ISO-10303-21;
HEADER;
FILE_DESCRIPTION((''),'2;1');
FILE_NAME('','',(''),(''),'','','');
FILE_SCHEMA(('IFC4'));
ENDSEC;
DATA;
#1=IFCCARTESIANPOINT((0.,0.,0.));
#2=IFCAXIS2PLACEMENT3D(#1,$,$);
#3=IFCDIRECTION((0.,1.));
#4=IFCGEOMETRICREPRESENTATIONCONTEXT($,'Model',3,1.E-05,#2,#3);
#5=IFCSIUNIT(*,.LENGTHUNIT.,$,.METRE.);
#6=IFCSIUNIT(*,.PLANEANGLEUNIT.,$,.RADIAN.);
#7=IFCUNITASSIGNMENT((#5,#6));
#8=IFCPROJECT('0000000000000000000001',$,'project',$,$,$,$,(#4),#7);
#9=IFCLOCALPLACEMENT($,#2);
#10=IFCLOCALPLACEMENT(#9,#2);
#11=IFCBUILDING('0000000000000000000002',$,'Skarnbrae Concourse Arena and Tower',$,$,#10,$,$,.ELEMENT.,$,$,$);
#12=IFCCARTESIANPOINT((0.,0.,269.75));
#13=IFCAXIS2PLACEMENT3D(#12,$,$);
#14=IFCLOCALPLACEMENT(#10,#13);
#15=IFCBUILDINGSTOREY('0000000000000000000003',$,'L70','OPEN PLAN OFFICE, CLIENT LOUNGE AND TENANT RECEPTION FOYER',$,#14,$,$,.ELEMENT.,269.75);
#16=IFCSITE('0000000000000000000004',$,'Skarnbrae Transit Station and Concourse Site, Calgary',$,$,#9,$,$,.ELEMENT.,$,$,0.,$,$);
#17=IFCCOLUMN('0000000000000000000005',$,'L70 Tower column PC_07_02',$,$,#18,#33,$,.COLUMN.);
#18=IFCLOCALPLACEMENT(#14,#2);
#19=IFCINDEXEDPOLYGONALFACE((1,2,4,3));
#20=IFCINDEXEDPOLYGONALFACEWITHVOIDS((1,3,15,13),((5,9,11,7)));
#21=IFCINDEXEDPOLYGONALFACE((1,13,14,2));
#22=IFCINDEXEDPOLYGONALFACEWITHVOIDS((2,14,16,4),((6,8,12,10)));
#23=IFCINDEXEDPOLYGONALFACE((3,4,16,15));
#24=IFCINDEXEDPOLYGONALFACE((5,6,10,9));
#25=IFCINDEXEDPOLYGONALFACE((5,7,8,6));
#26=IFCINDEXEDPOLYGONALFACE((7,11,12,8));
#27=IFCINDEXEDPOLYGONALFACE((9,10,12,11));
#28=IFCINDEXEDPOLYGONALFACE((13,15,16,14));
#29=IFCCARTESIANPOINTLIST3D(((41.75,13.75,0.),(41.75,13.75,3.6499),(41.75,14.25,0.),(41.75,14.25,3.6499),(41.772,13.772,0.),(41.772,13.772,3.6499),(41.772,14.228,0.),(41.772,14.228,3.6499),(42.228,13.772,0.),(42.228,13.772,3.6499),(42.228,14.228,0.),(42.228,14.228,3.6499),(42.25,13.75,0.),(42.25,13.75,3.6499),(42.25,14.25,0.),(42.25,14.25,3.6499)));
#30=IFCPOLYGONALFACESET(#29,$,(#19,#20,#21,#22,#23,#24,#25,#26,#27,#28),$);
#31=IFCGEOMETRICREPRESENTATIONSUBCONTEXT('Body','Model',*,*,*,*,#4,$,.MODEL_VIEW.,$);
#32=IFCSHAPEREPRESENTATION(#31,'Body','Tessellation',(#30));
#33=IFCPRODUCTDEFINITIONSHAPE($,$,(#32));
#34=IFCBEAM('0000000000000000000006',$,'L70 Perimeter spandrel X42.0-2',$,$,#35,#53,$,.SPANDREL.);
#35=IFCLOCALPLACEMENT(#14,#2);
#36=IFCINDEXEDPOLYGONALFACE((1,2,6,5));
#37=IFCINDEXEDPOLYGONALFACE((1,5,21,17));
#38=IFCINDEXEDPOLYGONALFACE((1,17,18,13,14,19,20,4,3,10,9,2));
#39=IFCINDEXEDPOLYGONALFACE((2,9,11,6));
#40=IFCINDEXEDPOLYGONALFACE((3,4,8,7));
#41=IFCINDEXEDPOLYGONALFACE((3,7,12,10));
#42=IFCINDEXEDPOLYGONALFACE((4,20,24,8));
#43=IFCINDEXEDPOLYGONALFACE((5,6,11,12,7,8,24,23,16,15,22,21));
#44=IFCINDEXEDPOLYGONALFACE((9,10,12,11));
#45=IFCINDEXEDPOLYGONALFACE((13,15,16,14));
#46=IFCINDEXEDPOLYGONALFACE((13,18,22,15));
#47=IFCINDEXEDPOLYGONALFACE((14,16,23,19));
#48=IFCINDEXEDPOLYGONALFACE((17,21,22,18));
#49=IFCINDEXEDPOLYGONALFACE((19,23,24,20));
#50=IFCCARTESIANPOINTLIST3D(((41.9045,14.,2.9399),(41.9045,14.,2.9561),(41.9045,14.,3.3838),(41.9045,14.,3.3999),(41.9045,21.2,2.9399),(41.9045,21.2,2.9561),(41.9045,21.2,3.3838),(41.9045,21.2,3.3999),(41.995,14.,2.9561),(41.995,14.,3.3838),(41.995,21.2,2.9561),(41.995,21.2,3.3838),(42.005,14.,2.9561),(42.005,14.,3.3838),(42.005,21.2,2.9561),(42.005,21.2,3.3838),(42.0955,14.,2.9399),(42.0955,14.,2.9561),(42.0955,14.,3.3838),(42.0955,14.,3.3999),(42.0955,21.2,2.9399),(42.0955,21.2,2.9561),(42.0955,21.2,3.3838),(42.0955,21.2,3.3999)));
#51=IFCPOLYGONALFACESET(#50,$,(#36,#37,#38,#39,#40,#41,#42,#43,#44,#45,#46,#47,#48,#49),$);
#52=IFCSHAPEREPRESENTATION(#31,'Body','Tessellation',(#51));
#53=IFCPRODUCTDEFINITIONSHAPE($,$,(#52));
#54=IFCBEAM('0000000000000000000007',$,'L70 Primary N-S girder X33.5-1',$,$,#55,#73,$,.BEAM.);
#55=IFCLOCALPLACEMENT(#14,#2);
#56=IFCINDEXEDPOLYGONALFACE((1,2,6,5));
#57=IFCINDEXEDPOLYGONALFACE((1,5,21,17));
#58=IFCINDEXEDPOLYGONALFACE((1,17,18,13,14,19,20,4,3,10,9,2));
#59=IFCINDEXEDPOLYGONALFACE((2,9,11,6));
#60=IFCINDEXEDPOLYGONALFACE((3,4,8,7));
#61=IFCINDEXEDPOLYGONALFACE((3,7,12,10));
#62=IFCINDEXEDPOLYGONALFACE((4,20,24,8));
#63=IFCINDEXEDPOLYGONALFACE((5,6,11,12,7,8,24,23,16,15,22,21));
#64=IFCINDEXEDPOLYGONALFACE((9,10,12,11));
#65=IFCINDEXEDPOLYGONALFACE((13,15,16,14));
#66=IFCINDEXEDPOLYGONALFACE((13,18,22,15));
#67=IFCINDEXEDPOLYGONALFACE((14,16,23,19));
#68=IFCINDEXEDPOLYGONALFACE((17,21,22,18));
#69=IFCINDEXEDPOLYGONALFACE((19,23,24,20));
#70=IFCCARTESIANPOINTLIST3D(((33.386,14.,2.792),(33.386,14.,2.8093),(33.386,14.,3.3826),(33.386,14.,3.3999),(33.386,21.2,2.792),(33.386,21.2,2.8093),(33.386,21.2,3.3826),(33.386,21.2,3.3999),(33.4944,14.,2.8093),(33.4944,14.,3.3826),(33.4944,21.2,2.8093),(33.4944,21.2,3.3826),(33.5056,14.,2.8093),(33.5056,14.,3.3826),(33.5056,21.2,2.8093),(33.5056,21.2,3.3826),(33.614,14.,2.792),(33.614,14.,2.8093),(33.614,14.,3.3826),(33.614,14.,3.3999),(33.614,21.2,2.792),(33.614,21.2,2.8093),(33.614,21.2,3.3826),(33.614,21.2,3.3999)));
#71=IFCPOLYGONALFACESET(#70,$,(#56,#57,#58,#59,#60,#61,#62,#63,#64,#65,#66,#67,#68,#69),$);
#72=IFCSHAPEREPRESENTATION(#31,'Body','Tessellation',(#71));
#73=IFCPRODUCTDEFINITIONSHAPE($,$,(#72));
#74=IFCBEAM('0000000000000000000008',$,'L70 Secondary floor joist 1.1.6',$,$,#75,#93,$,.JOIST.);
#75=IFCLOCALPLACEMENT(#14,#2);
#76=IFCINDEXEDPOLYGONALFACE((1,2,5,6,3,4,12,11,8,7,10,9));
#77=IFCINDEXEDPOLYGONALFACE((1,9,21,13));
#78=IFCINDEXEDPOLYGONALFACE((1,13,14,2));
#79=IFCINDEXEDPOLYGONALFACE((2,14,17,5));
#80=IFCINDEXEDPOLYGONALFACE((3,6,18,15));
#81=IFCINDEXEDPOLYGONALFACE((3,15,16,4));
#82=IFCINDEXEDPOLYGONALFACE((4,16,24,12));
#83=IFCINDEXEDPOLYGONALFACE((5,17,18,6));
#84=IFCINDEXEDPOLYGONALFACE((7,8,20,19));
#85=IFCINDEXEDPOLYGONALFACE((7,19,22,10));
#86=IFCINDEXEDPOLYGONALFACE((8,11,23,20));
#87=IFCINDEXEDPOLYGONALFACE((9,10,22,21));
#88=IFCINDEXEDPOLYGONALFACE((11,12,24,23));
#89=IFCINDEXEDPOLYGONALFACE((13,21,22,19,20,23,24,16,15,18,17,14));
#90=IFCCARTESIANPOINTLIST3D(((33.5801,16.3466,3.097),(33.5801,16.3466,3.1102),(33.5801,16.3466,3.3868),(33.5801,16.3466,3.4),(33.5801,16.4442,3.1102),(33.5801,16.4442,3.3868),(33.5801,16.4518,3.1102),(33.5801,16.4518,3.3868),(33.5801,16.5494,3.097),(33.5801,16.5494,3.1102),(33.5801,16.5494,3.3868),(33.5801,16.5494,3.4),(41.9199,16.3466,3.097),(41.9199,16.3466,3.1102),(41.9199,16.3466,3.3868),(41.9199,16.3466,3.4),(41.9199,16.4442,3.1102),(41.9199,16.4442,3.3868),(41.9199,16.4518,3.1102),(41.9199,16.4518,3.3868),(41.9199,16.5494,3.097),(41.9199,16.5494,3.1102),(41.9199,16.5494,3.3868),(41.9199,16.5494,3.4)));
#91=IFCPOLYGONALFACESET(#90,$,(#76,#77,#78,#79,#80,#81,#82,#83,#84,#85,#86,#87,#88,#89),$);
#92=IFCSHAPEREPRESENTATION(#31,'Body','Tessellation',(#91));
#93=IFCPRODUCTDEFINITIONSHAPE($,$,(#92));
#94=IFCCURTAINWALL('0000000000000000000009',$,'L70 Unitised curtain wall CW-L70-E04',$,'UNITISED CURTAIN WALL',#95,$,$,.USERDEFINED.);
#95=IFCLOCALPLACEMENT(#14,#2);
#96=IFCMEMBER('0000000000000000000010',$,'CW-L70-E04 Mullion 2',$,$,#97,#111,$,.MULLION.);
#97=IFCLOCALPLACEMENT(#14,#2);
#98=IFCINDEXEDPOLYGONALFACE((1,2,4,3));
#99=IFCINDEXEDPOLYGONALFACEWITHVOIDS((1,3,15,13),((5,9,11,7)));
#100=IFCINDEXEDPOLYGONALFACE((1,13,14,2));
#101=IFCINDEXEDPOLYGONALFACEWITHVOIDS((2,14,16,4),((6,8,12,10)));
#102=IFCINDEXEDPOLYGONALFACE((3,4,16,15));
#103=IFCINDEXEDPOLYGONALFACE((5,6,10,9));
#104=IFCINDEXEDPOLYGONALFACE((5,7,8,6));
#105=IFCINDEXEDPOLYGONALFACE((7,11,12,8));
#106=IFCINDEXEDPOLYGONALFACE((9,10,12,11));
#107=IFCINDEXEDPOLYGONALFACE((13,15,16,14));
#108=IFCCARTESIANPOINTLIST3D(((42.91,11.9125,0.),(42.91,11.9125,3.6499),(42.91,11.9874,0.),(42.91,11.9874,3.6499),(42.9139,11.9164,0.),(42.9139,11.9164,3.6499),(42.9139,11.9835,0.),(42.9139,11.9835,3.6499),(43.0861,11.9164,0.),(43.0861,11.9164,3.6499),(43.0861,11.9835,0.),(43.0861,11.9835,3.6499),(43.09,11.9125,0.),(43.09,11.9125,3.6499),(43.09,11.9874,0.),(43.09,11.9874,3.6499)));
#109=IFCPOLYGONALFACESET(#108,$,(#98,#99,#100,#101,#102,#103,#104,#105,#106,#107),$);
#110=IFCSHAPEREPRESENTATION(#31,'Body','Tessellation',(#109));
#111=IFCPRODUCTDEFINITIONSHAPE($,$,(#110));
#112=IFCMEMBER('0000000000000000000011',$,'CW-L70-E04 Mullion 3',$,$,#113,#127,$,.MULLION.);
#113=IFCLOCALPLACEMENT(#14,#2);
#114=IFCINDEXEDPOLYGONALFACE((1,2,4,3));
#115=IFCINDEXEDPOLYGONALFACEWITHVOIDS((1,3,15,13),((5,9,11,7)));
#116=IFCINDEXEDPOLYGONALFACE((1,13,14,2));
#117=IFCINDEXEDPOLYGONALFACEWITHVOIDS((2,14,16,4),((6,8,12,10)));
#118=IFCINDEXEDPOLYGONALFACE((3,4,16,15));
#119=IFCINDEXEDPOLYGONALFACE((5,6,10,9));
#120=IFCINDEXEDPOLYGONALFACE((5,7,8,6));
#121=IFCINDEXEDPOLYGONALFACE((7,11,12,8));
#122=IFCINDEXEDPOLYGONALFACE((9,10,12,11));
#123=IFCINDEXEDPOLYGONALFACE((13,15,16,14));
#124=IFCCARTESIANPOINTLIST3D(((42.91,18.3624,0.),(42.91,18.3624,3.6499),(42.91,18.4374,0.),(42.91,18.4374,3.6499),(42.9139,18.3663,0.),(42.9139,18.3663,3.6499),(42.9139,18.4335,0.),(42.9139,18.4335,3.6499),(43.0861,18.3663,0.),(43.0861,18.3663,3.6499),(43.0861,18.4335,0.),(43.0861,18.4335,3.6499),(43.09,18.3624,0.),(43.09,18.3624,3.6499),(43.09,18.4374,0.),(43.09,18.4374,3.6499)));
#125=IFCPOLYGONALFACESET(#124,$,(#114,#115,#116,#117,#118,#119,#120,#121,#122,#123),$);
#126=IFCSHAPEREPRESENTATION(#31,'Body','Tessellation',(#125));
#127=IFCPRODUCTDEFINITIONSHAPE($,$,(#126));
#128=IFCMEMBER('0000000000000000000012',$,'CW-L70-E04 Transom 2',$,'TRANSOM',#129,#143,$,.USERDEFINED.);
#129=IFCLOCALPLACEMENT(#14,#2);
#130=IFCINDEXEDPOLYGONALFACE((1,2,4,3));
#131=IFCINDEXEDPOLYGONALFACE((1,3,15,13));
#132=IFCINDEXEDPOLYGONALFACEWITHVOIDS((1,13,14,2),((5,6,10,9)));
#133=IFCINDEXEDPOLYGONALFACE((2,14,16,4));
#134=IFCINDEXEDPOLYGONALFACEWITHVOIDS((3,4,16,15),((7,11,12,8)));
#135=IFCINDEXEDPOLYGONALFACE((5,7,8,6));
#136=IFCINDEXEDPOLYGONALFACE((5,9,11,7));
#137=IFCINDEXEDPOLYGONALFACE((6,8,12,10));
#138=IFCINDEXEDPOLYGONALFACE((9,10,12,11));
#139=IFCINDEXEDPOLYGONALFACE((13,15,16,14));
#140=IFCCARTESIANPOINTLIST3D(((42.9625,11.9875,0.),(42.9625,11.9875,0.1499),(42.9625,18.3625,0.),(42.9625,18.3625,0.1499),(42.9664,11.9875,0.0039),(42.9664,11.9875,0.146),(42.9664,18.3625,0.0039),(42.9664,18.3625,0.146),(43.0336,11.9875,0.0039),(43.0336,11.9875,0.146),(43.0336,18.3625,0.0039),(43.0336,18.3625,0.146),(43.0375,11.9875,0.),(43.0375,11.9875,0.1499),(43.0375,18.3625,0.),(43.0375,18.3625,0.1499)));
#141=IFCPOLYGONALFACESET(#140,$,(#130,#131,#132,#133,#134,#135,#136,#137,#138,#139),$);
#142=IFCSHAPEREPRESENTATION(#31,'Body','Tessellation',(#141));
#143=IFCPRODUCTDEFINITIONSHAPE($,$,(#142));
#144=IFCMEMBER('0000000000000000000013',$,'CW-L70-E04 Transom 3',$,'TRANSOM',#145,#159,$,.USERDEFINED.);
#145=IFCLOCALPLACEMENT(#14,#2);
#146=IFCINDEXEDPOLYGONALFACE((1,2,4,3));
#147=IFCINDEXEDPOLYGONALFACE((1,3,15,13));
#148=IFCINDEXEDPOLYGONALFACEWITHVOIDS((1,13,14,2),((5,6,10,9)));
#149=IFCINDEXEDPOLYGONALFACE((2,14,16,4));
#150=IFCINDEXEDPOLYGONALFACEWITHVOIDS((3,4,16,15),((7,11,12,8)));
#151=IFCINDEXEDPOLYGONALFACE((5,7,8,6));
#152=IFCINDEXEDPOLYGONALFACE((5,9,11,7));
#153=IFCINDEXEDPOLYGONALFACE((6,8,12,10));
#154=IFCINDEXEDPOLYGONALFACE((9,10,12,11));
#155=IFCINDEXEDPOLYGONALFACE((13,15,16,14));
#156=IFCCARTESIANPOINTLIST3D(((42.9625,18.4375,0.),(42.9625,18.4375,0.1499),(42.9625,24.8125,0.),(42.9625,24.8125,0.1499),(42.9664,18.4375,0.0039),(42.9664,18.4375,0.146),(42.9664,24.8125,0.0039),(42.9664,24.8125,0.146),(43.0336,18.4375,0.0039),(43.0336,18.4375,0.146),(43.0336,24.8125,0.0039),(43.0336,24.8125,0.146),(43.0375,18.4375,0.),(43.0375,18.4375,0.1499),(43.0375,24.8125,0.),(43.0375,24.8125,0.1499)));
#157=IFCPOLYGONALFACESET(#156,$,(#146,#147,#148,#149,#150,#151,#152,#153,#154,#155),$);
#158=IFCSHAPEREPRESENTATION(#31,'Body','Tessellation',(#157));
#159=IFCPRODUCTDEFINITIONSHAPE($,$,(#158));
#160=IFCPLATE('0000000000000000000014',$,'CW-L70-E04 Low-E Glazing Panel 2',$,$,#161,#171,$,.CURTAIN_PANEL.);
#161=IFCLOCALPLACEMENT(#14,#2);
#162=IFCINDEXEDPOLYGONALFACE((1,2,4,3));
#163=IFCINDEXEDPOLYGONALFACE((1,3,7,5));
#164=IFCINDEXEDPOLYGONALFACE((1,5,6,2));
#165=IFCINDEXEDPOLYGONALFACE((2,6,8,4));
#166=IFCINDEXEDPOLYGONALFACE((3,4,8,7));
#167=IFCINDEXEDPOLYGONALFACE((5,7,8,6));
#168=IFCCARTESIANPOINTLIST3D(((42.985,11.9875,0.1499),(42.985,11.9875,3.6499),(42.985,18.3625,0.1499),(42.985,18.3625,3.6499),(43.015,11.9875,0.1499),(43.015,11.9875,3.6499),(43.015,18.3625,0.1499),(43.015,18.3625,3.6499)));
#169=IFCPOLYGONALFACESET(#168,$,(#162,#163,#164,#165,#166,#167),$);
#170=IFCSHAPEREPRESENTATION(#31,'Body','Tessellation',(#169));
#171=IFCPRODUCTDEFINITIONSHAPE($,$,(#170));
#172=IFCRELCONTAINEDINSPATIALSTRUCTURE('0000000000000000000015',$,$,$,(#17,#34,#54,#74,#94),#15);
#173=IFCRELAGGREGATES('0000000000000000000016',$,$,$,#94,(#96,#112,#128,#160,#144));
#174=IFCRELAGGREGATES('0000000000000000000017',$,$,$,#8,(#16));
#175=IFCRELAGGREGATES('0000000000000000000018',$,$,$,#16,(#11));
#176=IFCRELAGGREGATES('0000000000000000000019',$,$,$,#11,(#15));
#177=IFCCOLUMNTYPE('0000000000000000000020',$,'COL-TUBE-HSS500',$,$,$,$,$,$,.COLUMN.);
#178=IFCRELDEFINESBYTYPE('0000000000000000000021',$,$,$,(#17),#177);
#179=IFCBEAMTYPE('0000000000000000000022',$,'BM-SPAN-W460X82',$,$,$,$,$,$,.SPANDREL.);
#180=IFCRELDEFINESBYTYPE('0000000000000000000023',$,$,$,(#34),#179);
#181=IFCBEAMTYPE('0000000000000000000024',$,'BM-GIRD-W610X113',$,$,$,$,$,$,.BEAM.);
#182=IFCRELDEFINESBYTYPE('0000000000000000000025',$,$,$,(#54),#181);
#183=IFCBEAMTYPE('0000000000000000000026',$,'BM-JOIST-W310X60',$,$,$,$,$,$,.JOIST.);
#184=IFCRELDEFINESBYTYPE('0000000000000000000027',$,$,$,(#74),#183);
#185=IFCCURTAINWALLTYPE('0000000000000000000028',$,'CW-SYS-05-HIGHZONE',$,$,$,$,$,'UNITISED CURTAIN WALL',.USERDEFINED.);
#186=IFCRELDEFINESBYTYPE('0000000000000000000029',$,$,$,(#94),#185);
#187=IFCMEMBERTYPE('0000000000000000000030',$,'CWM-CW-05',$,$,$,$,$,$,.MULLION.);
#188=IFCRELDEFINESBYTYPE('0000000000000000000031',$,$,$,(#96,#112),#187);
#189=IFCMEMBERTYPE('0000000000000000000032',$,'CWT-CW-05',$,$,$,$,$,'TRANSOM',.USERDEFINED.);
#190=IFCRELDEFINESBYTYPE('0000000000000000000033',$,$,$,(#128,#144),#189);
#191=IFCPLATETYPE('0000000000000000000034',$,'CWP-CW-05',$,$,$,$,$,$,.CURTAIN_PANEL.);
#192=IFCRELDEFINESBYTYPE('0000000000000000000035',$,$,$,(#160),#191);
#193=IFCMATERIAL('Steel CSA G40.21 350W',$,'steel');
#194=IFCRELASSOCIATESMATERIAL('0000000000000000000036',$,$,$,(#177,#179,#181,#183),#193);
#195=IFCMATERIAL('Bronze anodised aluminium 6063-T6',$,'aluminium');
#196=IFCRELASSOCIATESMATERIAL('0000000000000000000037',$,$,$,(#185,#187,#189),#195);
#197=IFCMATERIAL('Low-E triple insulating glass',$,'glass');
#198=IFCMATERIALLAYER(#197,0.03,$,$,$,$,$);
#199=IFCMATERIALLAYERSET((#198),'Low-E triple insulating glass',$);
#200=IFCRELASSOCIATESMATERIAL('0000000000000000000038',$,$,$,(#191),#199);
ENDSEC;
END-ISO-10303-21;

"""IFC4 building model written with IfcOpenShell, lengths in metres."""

from ifc_helpers import new_model, si_unit, direction, frame, origin, origin_2d, place, context, subcontext, project, spatial, rectangle, hollow_rectangle, i_section, extrude, source, transform, mapped, material, layer, layer_set, material_profile, profile_set, type_object, element, aggregate, save


model = new_model("IFC4")

# Units and contexts
model_context = context("Model", 3, precision=1e-05, world=origin(), true_north=direction((0.0, 1.0)))
body_context = subcontext(model_context, "Body", "Model", "MODEL_VIEW")
ifc_project = project(units=[si_unit("LENGTHUNIT", "METRE"), si_unit("PLANEANGLEUNIT", "RADIAN")], contexts=[model_context])

# Site, building, storey
site_placement = place(None, origin())
site = spatial("IfcSite", under=ifc_project, at=site_placement, Name="Skarnbrae Transit Station and Concourse Site, Calgary", CompositionType="ELEMENT", RefElevation=0.0)
building_placement = place(site_placement, origin())
building = spatial("IfcBuilding", under=site, at=building_placement, Name="Skarnbrae Concourse Arena and Tower", CompositionType="ELEMENT")
storey_placement = place(building_placement, frame((0.0, 0.0, 269.75)))
storey = spatial("IfcBuildingStorey", under=building, at=storey_placement, Name="L70", Description="OPEN PLAN OFFICE, CLIENT LOUNGE AND TENANT RECEPTION FOYER", CompositionType="ELEMENT", Elevation=269.75)

# Column
ifc_material_1 = material(Name="Steel CSA G40.21 350W", Category="steel")
ifc_material_profile_1 = material_profile(ifc_material_1, hollow_rectangle(XDim=0.5, YDim=0.5, WallThickness=0.022, at=origin_2d()), Name="HSS500X500X22.0")
ifc_profile_set_1 = profile_set([ifc_material_profile_1], Name="Steel CSA G40.21 350W")
column_type = type_object("IfcColumnType", Name="COL-TUBE-HSS500", PredefinedType="COLUMN", material=ifc_profile_set_1)
shared_shape_1 = source(origin(), body_context, "Body", "SweptSolid", [
    extrude(hollow_rectangle(XDim=0.5, YDim=0.5, WallThickness=0.022, at=origin_2d()), origin(), (0.0, 0.0, 1.0), 3.6499),
])
column_placement = place(storey_placement, frame((42.0, 14.0, 0.0), z_axis=(0.0, 0.0, 1.0), x_axis=(1.0, 0.0, 0.0)))
element("IfcColumn", 1, at=column_placement, inside=storey, type_object=column_type, Name="L70 Tower column PC_07_02", PredefinedType="COLUMN", context=body_context, shape_type="MappedRepresentation", body=[
    mapped(shared_shape_1, transform((0.0, 0.0, 0.0))),
])

# Beams
ifc_material_profile_2 = material_profile(ifc_material_1, i_section(OverallWidth=0.1909, OverallDepth=0.46, WebThickness=0.01, FlangeThickness=0.0161, at=origin_2d()), Name="W460X82")
ifc_profile_set_2 = profile_set([ifc_material_profile_2], Name="Steel CSA G40.21 350W")
beam_type_1 = type_object("IfcBeamType", Name="BM-SPAN-W460X82", PredefinedType="SPANDREL", material=ifc_profile_set_2)
shared_shape_2 = source(origin(), body_context, "Body", "SweptSolid", [
    extrude(i_section(OverallWidth=0.1909, OverallDepth=0.46, WebThickness=0.01, FlangeThickness=0.0161, at=origin_2d()), origin(), (0.0, 0.0, 1.0), 7.2),
])
beam_1_placement = place(storey_placement, frame((42.0, 14.0, 3.1699), z_axis=(0.0, 1.0, 0.0), x_axis=(-1.0, 0.0, 0.0)))
element("IfcBeam", 2, at=beam_1_placement, inside=storey, type_object=beam_type_1, Name="L70 Perimeter spandrel X42.0-2", PredefinedType="SPANDREL", context=body_context, shape_type="MappedRepresentation", body=[
    mapped(shared_shape_2, transform((0.0, 0.0, 0.0))),
])
ifc_material_profile_3 = material_profile(ifc_material_1, i_section(OverallWidth=0.228, OverallDepth=0.6079, WebThickness=0.0112, FlangeThickness=0.0173, at=origin_2d()), Name="W610X113")
ifc_profile_set_3 = profile_set([ifc_material_profile_3], Name="Steel CSA G40.21 350W")
beam_type_2 = type_object("IfcBeamType", Name="BM-GIRD-W610X113", PredefinedType="BEAM", material=ifc_profile_set_3)
shared_shape_3 = source(origin(), body_context, "Body", "SweptSolid", [
    extrude(i_section(OverallWidth=0.228, OverallDepth=0.6079, WebThickness=0.0112, FlangeThickness=0.0173, at=origin_2d()), origin(), (0.0, 0.0, 1.0), 7.2),
])
beam_2_placement = place(storey_placement, frame((33.5, 14.0, 3.0959), z_axis=(0.0, 1.0, 0.0), x_axis=(-1.0, 0.0, 0.0)))
element("IfcBeam", 3, at=beam_2_placement, inside=storey, type_object=beam_type_2, Name="L70 Primary N-S girder X33.5-1", PredefinedType="BEAM", context=body_context, shape_type="MappedRepresentation", body=[
    mapped(shared_shape_3, transform((0.0, 0.0, 0.0))),
])
ifc_material_profile_4 = material_profile(ifc_material_1, i_section(OverallWidth=0.2029, OverallDepth=0.303, WebThickness=0.0076, FlangeThickness=0.0132, at=origin_2d()), Name="W310X60")
ifc_profile_set_4 = profile_set([ifc_material_profile_4], Name="Steel CSA G40.21 350W")
beam_type_3 = type_object("IfcBeamType", Name="BM-JOIST-W310X60", PredefinedType="JOIST", material=ifc_profile_set_4)
shared_shape_4 = source(origin(), body_context, "Body", "SweptSolid", [
    extrude(i_section(OverallWidth=0.2029, OverallDepth=0.303, WebThickness=0.0076, FlangeThickness=0.0132, at=origin_2d()), origin(), (0.0, 0.0, 1.0), 8.3398),
])
beam_3_placement = place(storey_placement, frame((33.5801, 16.448, 3.2485), z_axis=(1.0, 0.0, 0.0), x_axis=(0.0, 1.0, 0.0)))
element("IfcBeam", 4, at=beam_3_placement, inside=storey, type_object=beam_type_3, Name="L70 Secondary floor joist 1.1.6", PredefinedType="JOIST", context=body_context, shape_type="MappedRepresentation", body=[
    mapped(shared_shape_4, transform((0.0, 0.0, 0.0))),
])

# Curtain wall, members, plate
ifc_material_2 = material(Name="Bronze anodised aluminium 6063-T6", Category="aluminium")
curtain_wall_type = type_object("IfcCurtainWallType", Name="CW-SYS-05-HIGHZONE", ElementType="UNITISED CURTAIN WALL", PredefinedType="USERDEFINED", material=ifc_material_2)
curtain_wall_placement = place(storey_placement, origin())
curtain_wall = element("IfcCurtainWall", 5, at=curtain_wall_placement, inside=storey, type_object=curtain_wall_type, Name="L70 Unitised curtain wall CW-L70-E04", ObjectType="UNITISED CURTAIN WALL", PredefinedType="USERDEFINED")
ifc_material_profile_5 = material_profile(ifc_material_2, hollow_rectangle(XDim=0.075, YDim=0.1799, WallThickness=0.0039, at=origin_2d()), Name="ALU-MULL-75X180")
ifc_profile_set_5 = profile_set([ifc_material_profile_5], Name="Bronze anodised aluminium 6063-T6")
member_type_1 = type_object("IfcMemberType", Name="CWM-CW-05", PredefinedType="MULLION", material=ifc_profile_set_5)
shared_shape_5 = source(origin(), body_context, "Body", "SweptSolid", [
    extrude(hollow_rectangle(XDim=0.075, YDim=0.1799, WallThickness=0.0039, at=origin_2d()), origin(), (0.0, 0.0, 1.0), 3.6499),
])
member_1_placement = place(storey_placement, frame((43.0, 11.95, 0.0), z_axis=(0.0, 0.0, 1.0), x_axis=(0.0, 1.0, 0.0)))
member_1 = element("IfcMember", 6, at=member_1_placement, type_object=member_type_1, Name="CW-L70-E04 Mullion 2", PredefinedType="MULLION", context=body_context, shape_type="MappedRepresentation", body=[
    mapped(shared_shape_5, transform((0.0, 0.0, 0.0))),
])
member_2_placement = place(storey_placement, frame((43.0, 18.3999, 0.0), z_axis=(0.0, 0.0, 1.0), x_axis=(0.0, 1.0, 0.0)))
member_2 = element("IfcMember", 7, at=member_2_placement, type_object=member_type_1, Name="CW-L70-E04 Mullion 3", PredefinedType="MULLION", context=body_context, shape_type="MappedRepresentation", body=[
    mapped(shared_shape_5, transform((0.0, 0.0, 0.0))),
])
ifc_material_profile_6 = material_profile(ifc_material_2, hollow_rectangle(XDim=0.075, YDim=0.1499, WallThickness=0.0039, at=origin_2d()), Name="ALU-TRAN-75X150")
ifc_profile_set_6 = profile_set([ifc_material_profile_6], Name="Bronze anodised aluminium 6063-T6")
member_type_2 = type_object("IfcMemberType", Name="CWT-CW-05", ElementType="TRANSOM", PredefinedType="USERDEFINED", material=ifc_profile_set_6)
shared_shape_6 = source(origin(), body_context, "Body", "SweptSolid", [
    extrude(hollow_rectangle(XDim=0.075, YDim=0.1499, WallThickness=0.0039, at=origin_2d()), origin(), (0.0, 0.0, 1.0), 6.375),
])
member_3_placement = place(storey_placement, frame((43.0, 11.9875, 0.075), z_axis=(0.0, 1.0, 0.0), x_axis=(-1.0, 0.0, 0.0)))
member_3 = element("IfcMember", 8, at=member_3_placement, type_object=member_type_2, Name="CW-L70-E04 Transom 2", ObjectType="TRANSOM", PredefinedType="USERDEFINED", context=body_context, shape_type="MappedRepresentation", body=[
    mapped(shared_shape_6, transform((0.0, 0.0, 0.0))),
])
member_4_placement = place(storey_placement, frame((43.0, 18.4375, 0.075), z_axis=(0.0, 1.0, 0.0), x_axis=(-1.0, 0.0, 0.0)))
member_4 = element("IfcMember", 9, at=member_4_placement, type_object=member_type_2, Name="CW-L70-E04 Transom 3", ObjectType="TRANSOM", PredefinedType="USERDEFINED", context=body_context, shape_type="MappedRepresentation", body=[
    mapped(shared_shape_6, transform((0.0, 0.0, 0.0))),
])
ifc_material_3 = material(Name="Low-E triple insulating glass", Category="glass")
ifc_layer_1 = layer(ifc_material_3, 0.03)
ifc_layer_set_1 = layer_set([ifc_layer_1], Name="Low-E triple insulating glass")
plate_type = type_object("IfcPlateType", Name="CWP-CW-05", PredefinedType="CURTAIN_PANEL", material=ifc_layer_set_1)
shared_shape_7 = source(origin(), body_context, "Body", "SweptSolid", [
    extrude(rectangle(XDim=6.375, YDim=0.03, at=origin_2d()), origin(), (0.0, 0.0, 1.0), 3.5),
])
plate_placement = place(storey_placement, frame((43.0, 15.175, 0.1499), z_axis=(0.0, 0.0, 1.0), x_axis=(0.0, 1.0, 0.0)))
plate = element("IfcPlate", 10, at=plate_placement, type_object=plate_type, Name="CW-L70-E04 Low-E Glazing Panel 2", PredefinedType="CURTAIN_PANEL", context=body_context, shape_type="MappedRepresentation", body=[
    mapped(shared_shape_7, transform((0.0, 0.0, 0.0))),
])
aggregate(curtain_wall, [member_1, member_2, member_3, plate, member_4])

save(model, "model.ifc")
